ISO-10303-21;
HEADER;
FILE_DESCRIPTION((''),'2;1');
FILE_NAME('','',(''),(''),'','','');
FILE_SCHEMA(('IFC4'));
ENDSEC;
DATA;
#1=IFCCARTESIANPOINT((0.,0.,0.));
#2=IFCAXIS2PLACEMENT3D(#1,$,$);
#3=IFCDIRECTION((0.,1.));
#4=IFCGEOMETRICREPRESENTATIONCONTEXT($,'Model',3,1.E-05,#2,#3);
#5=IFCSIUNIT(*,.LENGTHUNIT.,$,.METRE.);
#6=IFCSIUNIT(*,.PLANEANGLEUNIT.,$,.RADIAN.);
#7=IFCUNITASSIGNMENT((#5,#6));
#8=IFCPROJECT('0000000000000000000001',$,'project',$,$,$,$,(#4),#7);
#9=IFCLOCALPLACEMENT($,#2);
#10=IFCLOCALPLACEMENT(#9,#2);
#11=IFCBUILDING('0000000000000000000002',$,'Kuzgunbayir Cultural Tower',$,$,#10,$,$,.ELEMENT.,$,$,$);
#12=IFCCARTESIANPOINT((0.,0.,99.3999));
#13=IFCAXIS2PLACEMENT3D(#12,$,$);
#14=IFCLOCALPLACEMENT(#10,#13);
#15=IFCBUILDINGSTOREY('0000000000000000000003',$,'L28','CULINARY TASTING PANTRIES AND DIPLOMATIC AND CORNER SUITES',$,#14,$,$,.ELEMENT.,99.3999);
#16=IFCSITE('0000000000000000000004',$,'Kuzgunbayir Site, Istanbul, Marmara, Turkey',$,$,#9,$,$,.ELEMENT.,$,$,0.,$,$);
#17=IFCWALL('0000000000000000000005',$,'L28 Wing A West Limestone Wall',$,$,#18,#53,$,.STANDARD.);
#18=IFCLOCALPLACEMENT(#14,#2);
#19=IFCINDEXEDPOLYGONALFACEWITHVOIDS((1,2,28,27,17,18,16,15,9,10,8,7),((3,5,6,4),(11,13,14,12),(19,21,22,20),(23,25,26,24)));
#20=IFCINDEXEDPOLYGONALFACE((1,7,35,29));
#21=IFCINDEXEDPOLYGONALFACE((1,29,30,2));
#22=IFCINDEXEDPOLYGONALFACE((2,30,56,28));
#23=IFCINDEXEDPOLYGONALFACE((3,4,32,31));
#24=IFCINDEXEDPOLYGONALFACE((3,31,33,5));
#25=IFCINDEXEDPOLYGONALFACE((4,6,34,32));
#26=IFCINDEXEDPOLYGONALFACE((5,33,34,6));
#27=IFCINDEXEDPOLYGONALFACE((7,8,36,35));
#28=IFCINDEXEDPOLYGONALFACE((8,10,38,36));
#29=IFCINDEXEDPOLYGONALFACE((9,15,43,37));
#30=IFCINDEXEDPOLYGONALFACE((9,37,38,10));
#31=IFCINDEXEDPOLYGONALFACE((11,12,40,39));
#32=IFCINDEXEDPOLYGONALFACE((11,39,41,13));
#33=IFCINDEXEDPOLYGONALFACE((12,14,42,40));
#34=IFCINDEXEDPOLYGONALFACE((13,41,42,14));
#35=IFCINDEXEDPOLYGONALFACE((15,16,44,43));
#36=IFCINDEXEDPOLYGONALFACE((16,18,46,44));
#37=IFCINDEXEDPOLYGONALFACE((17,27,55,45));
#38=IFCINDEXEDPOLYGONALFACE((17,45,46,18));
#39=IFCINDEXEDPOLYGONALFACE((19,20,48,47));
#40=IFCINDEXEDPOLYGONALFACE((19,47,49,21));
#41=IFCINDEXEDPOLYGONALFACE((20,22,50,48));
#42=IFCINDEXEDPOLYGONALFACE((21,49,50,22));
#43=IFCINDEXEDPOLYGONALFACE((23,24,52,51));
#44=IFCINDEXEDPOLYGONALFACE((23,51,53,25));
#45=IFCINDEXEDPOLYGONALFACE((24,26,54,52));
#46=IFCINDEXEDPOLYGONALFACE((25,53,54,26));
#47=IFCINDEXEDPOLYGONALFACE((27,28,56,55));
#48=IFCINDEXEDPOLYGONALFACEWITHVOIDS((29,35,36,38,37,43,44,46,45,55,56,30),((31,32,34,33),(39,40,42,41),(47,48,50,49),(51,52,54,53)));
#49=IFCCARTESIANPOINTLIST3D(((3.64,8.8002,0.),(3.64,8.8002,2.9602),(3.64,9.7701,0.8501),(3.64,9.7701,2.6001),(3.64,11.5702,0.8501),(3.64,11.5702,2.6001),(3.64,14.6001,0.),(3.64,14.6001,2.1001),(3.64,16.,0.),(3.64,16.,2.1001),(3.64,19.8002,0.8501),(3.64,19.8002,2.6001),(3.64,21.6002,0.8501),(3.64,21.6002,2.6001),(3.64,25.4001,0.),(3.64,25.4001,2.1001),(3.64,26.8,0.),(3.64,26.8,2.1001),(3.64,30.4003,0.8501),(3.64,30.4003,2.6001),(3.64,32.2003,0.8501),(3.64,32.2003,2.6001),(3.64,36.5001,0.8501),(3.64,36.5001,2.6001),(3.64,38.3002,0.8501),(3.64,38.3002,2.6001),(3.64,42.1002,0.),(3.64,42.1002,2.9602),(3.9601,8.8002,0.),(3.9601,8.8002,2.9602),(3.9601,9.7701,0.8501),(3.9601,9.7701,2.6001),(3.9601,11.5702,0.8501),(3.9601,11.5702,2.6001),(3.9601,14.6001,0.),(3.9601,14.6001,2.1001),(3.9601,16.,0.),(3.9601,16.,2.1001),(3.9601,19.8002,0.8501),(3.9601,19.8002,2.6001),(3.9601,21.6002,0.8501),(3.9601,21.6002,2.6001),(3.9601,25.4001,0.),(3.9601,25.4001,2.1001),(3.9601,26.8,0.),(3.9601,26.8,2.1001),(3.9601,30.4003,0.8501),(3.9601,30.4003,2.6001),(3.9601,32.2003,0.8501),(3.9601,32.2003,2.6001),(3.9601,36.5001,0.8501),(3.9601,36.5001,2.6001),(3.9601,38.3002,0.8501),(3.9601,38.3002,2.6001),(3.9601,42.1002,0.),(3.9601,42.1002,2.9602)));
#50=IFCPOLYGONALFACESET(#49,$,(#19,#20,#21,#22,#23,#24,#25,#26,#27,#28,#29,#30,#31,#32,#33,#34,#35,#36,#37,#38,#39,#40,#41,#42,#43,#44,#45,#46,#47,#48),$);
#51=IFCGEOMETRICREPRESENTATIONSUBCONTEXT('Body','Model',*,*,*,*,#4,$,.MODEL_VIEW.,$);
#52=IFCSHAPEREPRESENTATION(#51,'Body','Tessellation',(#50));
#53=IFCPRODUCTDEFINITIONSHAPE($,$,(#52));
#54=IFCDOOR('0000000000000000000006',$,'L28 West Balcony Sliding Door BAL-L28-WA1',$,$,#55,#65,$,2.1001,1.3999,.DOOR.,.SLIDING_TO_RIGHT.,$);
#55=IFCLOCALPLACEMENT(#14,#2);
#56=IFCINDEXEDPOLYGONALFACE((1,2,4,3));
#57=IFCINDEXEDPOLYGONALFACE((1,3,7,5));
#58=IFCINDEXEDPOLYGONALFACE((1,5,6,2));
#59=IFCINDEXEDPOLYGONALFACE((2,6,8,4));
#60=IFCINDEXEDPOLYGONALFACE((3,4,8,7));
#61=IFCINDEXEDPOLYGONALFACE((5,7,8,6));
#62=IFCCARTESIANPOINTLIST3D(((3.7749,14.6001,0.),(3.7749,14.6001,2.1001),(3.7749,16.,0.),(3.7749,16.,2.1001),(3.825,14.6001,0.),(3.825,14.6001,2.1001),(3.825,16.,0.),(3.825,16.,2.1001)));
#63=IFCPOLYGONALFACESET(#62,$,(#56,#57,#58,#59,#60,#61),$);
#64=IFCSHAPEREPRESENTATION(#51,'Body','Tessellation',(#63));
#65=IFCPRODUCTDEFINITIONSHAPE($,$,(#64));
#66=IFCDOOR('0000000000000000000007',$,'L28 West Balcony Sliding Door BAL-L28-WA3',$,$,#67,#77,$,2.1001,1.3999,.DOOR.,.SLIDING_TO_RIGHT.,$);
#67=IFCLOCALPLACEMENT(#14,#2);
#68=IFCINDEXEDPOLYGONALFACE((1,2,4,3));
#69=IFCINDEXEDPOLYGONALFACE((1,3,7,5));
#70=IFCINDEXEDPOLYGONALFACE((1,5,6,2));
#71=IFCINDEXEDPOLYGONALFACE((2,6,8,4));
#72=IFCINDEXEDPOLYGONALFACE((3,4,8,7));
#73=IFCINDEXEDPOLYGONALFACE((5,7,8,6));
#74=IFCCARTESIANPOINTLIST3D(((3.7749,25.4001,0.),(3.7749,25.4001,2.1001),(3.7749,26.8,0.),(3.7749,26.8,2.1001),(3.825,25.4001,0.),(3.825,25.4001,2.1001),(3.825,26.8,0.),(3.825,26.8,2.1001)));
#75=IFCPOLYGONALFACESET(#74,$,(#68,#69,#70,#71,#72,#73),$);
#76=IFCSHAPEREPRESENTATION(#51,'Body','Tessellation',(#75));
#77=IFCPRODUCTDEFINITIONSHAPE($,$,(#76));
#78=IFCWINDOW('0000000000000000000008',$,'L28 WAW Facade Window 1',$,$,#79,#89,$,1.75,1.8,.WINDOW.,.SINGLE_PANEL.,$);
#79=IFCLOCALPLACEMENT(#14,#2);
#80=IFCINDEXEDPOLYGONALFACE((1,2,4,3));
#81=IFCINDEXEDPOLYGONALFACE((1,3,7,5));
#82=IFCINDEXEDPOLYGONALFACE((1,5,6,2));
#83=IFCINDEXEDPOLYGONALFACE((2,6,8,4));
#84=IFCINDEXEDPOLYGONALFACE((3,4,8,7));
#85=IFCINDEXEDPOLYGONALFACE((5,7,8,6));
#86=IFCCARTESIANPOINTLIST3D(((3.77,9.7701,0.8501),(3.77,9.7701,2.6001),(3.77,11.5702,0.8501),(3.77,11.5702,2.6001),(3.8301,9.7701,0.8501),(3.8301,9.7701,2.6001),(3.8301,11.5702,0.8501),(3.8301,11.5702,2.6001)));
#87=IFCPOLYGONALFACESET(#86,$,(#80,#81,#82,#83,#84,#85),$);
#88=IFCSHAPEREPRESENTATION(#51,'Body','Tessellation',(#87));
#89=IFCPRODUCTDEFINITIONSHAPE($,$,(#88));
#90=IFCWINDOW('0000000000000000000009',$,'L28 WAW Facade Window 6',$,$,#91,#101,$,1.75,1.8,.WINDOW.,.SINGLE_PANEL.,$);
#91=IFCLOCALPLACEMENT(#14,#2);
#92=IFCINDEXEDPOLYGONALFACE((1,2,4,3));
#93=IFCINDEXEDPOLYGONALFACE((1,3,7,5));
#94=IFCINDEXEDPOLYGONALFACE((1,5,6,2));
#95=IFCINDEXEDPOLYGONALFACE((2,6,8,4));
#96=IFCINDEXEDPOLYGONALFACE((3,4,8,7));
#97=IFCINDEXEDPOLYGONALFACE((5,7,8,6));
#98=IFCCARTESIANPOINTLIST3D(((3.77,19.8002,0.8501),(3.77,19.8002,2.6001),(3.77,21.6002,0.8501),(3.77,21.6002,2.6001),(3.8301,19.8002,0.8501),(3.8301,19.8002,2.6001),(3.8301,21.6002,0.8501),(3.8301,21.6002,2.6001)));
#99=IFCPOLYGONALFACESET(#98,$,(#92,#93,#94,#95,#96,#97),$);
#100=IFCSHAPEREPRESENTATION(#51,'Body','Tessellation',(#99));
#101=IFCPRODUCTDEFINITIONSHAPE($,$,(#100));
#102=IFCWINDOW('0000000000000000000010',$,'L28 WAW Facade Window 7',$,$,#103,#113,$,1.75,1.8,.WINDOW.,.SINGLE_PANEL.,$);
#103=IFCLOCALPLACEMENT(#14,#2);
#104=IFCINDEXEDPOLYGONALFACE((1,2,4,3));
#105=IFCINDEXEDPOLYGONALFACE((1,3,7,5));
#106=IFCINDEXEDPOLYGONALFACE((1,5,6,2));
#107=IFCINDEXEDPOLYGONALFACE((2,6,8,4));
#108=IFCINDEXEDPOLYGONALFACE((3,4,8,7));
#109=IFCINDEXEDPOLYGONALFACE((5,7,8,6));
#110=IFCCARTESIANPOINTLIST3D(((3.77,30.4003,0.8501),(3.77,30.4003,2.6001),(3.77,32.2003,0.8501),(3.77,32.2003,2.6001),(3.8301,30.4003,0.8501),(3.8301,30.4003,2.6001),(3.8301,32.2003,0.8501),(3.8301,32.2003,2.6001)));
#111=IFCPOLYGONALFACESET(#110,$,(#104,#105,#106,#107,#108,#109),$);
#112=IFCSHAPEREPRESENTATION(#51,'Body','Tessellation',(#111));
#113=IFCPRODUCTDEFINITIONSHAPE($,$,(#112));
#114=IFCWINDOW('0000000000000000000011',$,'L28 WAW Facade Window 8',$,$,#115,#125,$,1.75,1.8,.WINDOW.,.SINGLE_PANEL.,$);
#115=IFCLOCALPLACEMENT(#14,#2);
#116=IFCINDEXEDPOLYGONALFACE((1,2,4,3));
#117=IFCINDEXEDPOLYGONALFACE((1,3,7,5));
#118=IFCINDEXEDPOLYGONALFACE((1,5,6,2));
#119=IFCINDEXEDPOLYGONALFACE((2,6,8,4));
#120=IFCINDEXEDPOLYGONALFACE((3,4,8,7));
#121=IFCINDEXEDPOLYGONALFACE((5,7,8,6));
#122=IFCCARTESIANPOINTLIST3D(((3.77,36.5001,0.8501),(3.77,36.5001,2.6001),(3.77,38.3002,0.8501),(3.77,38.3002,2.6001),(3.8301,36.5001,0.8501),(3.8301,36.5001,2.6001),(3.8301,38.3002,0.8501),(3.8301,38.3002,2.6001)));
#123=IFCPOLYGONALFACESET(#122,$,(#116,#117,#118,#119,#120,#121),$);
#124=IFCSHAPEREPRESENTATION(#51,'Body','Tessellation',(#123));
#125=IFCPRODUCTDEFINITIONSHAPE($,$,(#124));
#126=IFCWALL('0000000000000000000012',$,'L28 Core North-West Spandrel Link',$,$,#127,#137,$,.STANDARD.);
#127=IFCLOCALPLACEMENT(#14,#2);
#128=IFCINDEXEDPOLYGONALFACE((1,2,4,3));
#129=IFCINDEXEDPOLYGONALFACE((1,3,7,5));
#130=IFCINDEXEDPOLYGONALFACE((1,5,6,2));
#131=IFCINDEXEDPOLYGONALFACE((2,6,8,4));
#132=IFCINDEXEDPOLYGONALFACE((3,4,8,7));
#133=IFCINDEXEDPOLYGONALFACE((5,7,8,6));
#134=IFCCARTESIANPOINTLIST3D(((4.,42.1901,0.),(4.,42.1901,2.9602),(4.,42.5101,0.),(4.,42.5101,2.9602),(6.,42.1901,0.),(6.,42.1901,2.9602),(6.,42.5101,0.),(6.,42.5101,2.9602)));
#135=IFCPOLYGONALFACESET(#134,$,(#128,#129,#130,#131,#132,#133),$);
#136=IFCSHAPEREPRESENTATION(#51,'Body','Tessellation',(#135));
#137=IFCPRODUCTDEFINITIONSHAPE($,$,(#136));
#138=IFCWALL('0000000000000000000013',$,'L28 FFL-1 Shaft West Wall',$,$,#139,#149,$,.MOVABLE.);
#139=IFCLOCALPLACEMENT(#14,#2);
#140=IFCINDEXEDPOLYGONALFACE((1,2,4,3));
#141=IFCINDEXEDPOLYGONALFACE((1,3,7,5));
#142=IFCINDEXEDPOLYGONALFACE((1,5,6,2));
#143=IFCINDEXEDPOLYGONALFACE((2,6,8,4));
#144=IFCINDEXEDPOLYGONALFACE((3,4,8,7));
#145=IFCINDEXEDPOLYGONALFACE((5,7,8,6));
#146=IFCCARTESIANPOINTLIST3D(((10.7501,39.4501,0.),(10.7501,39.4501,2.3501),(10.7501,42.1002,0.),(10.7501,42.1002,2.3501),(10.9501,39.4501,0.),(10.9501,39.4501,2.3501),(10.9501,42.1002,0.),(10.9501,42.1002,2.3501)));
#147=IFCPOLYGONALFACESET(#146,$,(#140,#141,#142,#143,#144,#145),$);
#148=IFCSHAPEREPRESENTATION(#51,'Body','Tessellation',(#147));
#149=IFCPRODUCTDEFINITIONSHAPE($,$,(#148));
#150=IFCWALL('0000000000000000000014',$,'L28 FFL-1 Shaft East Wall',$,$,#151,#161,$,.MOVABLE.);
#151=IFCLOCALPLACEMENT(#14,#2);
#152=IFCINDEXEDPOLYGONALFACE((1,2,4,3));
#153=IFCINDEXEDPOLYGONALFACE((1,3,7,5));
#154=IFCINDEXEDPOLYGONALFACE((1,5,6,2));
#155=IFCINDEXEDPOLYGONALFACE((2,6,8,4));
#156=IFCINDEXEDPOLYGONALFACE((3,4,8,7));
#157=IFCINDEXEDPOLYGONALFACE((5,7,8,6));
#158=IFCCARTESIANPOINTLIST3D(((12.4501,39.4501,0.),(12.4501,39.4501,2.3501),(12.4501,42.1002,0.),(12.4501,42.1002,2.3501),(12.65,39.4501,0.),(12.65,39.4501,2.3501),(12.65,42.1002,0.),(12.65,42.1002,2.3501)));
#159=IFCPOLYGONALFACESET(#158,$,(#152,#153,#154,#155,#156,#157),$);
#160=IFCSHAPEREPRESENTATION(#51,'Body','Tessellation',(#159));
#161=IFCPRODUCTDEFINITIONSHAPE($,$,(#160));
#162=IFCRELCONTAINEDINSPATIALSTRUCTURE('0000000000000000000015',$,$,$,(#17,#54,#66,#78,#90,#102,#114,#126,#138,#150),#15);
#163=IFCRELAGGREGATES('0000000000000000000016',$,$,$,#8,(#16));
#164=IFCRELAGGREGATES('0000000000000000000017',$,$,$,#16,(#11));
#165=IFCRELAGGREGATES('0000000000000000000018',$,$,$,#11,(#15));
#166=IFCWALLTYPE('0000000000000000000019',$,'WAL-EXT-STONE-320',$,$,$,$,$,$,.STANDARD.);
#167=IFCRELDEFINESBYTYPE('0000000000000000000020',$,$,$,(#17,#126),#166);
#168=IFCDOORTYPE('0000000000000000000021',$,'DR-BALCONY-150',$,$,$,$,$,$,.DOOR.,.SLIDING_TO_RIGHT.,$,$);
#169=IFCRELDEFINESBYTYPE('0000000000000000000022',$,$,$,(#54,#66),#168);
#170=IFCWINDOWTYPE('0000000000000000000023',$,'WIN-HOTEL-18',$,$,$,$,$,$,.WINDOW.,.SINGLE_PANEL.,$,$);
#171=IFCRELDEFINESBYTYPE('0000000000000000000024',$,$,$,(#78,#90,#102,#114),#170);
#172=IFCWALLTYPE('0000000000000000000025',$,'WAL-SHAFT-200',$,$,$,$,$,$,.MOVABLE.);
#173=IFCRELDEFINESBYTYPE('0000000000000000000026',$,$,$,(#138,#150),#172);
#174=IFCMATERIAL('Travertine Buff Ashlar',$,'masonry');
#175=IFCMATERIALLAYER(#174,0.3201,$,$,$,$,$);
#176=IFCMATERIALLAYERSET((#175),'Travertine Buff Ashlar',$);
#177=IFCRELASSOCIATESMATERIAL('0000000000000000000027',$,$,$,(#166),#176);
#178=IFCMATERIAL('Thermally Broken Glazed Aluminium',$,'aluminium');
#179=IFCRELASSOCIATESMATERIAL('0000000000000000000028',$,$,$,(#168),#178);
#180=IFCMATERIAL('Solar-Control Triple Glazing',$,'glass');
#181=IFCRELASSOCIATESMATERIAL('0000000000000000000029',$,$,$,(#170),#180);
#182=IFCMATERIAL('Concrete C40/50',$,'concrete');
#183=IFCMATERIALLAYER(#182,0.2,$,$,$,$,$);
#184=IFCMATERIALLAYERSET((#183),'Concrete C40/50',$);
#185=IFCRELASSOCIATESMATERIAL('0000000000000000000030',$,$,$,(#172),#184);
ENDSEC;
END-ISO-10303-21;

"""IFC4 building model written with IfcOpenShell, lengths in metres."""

from ifc_helpers import new_model, si_unit, direction, frame, frame_2d, origin, place, context, subcontext, project, spatial, rectangle, extrude, material, layer, layer_set, type_object, element, fill, save


model = new_model("IFC4")

# Units and contexts
model_context = context("Model", 3, precision=1e-05, world=origin(), true_north=direction((0.0, 1.0)))
body_context = subcontext(model_context, "Body", "Model", "MODEL_VIEW")
ifc_project = project(units=[si_unit("LENGTHUNIT", "METRE"), si_unit("PLANEANGLEUNIT", "RADIAN")], contexts=[model_context])

# Site, building, storey
site_placement = place(None, origin())
site = spatial("IfcSite", under=ifc_project, at=site_placement, Name="Kuzgunbayir Site, Istanbul, Marmara, Turkey", CompositionType="ELEMENT", RefElevation=0.0)
building_placement = place(site_placement, origin())
building = spatial("IfcBuilding", under=site, at=building_placement, Name="Kuzgunbayir Cultural Tower", CompositionType="ELEMENT")
storey_placement = place(building_placement, frame((0.0, 0.0, 99.3999)))
storey = spatial("IfcBuildingStorey", under=building, at=storey_placement, Name="L28", Description="CULINARY TASTING PANTRIES AND DIPLOMATIC AND CORNER SUITES", CompositionType="ELEMENT", Elevation=99.3999)

# Wall, openings, doors, windows
ifc_material_1 = material(Name="Travertine Buff Ashlar", Category="masonry")
ifc_layer_1 = layer(ifc_material_1, 0.3201)
ifc_layer_set_1 = layer_set([ifc_layer_1], Name="Travertine Buff Ashlar")
wall_type_1 = type_object("IfcWallType", Name="WAL-EXT-STONE-320", PredefinedType="STANDARD", material=ifc_layer_set_1)
wall_1_placement = place(storey_placement, frame((3.8, 42.1001, 0.0), z_axis=(0.0, 0.0, 1.0), x_axis=(0.0, -1.0, 0.0)))
wall_1 = element("IfcWall", 1, at=wall_1_placement, inside=storey, type_object=wall_type_1, Name="L28 Wing A West Limestone Wall", PredefinedType="STANDARD", context=body_context, shape_type="SweptSolid", body=[
    extrude(rectangle(XDim=33.3, YDim=0.3201, at=frame_2d((16.6499, 0.0))), origin(), (0.0, 0.0, 1.0), 2.9602),
])
opening_1_placement = place(wall_1_placement, frame((26.1001, 0.0, 0.0)))
opening_1 = element("IfcOpeningElement", 2, at=opening_1_placement, cuts=wall_1, PredefinedType="OPENING", context=body_context, shape_type="SweptSolid", body=[
    extrude(rectangle(XDim=1.3999, YDim=2.1001, at=frame_2d((0.7, 1.05))), frame((0.0, 0.1699, 0.0), z_axis=(0.0, -1.0, 0.0), x_axis=(1.0, 0.0, 0.0)), (0.0, 0.0, 1.0), 0.3401),
])
opening_2_placement = place(wall_1_placement, frame((15.3, 0.0, 0.0)))
opening_2 = element("IfcOpeningElement", 3, at=opening_2_placement, cuts=wall_1, PredefinedType="OPENING", context=body_context, shape_type="SweptSolid", body=[
    extrude(rectangle(XDim=1.3999, YDim=2.1001, at=frame_2d((0.7, 1.05))), frame((0.0, 0.1699, 0.0), z_axis=(0.0, -1.0, 0.0), x_axis=(1.0, 0.0, 0.0)), (0.0, 0.0, 1.0), 0.3401),
])
opening_3_placement = place(wall_1_placement, frame((30.53, 0.0, 0.8501)))
opening_3 = element("IfcOpeningElement", 4, at=opening_3_placement, cuts=wall_1, PredefinedType="OPENING", context=body_context, shape_type="SweptSolid", body=[
    extrude(rectangle(XDim=1.8, YDim=1.75, at=frame_2d((0.8999, 0.875))), frame((0.0, 0.1699, 0.0), z_axis=(0.0, -1.0, 0.0), x_axis=(1.0, 0.0, 0.0)), (0.0, 0.0, 1.0), 0.3401),
])
opening_4_placement = place(wall_1_placement, frame((20.5, 0.0, 0.8501)))
opening_4 = element("IfcOpeningElement", 5, at=opening_4_placement, cuts=wall_1, PredefinedType="OPENING", context=body_context, shape_type="SweptSolid", body=[
    extrude(rectangle(XDim=1.8, YDim=1.75, at=frame_2d((0.8999, 0.875))), frame((0.0, 0.1699, 0.0), z_axis=(0.0, -1.0, 0.0), x_axis=(1.0, 0.0, 0.0)), (0.0, 0.0, 1.0), 0.3401),
])
opening_5_placement = place(wall_1_placement, frame((9.8999, 0.0, 0.8501)))
opening_5 = element("IfcOpeningElement", 6, at=opening_5_placement, cuts=wall_1, PredefinedType="OPENING", context=body_context, shape_type="SweptSolid", body=[
    extrude(rectangle(XDim=1.8, YDim=1.75, at=frame_2d((0.8999, 0.875))), frame((0.0, 0.1699, 0.0), z_axis=(0.0, -1.0, 0.0), x_axis=(1.0, 0.0, 0.0)), (0.0, 0.0, 1.0), 0.3401),
])
opening_6_placement = place(wall_1_placement, frame((3.8, 0.0, 0.8501)))
opening_6 = element("IfcOpeningElement", 7, at=opening_6_placement, cuts=wall_1, PredefinedType="OPENING", context=body_context, shape_type="SweptSolid", body=[
    extrude(rectangle(XDim=1.8, YDim=1.75, at=frame_2d((0.8999, 0.875))), frame((0.0, 0.1699, 0.0), z_axis=(0.0, -1.0, 0.0), x_axis=(1.0, 0.0, 0.0)), (0.0, 0.0, 1.0), 0.3401),
])
ifc_material_2 = material(Name="Thermally Broken Glazed Aluminium", Category="aluminium")
door_type_1 = type_object("IfcDoorType", Name="DR-BALCONY-150", OperationType="SLIDING_TO_RIGHT", PredefinedType="DOOR", material=ifc_material_2)
door_1_placement = place(opening_1_placement, origin())
door_1 = element("IfcDoor", 8, at=door_1_placement, inside=storey, type_object=door_type_1, Name="L28 West Balcony Sliding Door BAL-L28-WA1", OperationType="SLIDING_TO_RIGHT", OverallHeight=2.1001, OverallWidth=1.3999, PredefinedType="DOOR", context=body_context, shape_type="SweptSolid", body=[
    extrude(rectangle(XDim=1.3999, YDim=2.1001, at=frame_2d((0.7, 1.05))), frame((0.0, 0.0249, 0.0), z_axis=(0.0, -1.0, 0.0), x_axis=(1.0, 0.0, 0.0)), (0.0, 0.0, 1.0), 0.05),
])
fill(opening_1, door_1)
door_2_placement = place(opening_2_placement, origin())
door_2 = element("IfcDoor", 9, at=door_2_placement, inside=storey, type_object=door_type_1, Name="L28 West Balcony Sliding Door BAL-L28-WA3", OperationType="SLIDING_TO_RIGHT", OverallHeight=2.1001, OverallWidth=1.3999, PredefinedType="DOOR", context=body_context, shape_type="SweptSolid", body=[
    extrude(rectangle(XDim=1.3999, YDim=2.1001, at=frame_2d((0.7, 1.05))), frame((0.0, 0.0249, 0.0), z_axis=(0.0, -1.0, 0.0), x_axis=(1.0, 0.0, 0.0)), (0.0, 0.0, 1.0), 0.05),
])
fill(opening_2, door_2)
ifc_material_3 = material(Name="Solar-Control Triple Glazing", Category="glass")
window_type = type_object("IfcWindowType", Name="WIN-HOTEL-18", PartitioningType="SINGLE_PANEL", PredefinedType="WINDOW", material=ifc_material_3)
window_1_placement = place(opening_3_placement, origin())
window_1 = element("IfcWindow", 10, at=window_1_placement, inside=storey, type_object=window_type, Name="L28 WAW Facade Window 1", OverallHeight=1.75, OverallWidth=1.8, PartitioningType="SINGLE_PANEL", PredefinedType="WINDOW", context=body_context, shape_type="SweptSolid", body=[
    extrude(rectangle(XDim=1.8, YDim=1.75, at=frame_2d((0.8999, 0.875))), frame((0.0, 0.03, 0.0), z_axis=(0.0, -1.0, 0.0), x_axis=(1.0, 0.0, 0.0)), (0.0, 0.0, 1.0), 0.0601),
])
fill(opening_3, window_1)
window_2_placement = place(opening_4_placement, origin())
window_2 = element("IfcWindow", 11, at=window_2_placement, inside=storey, type_object=window_type, Name="L28 WAW Facade Window 6", OverallHeight=1.75, OverallWidth=1.8, PartitioningType="SINGLE_PANEL", PredefinedType="WINDOW", context=body_context, shape_type="SweptSolid", body=[
    extrude(rectangle(XDim=1.8, YDim=1.75, at=frame_2d((0.8999, 0.875))), frame((0.0, 0.03, 0.0), z_axis=(0.0, -1.0, 0.0), x_axis=(1.0, 0.0, 0.0)), (0.0, 0.0, 1.0), 0.0601),
])
fill(opening_4, window_2)
window_3_placement = place(opening_5_placement, origin())
window_3 = element("IfcWindow", 12, at=window_3_placement, inside=storey, type_object=window_type, Name="L28 WAW Facade Window 7", OverallHeight=1.75, OverallWidth=1.8, PartitioningType="SINGLE_PANEL", PredefinedType="WINDOW", context=body_context, shape_type="SweptSolid", body=[
    extrude(rectangle(XDim=1.8, YDim=1.75, at=frame_2d((0.8999, 0.875))), frame((0.0, 0.03, 0.0), z_axis=(0.0, -1.0, 0.0), x_axis=(1.0, 0.0, 0.0)), (0.0, 0.0, 1.0), 0.0601),
])
fill(opening_5, window_3)
window_4_placement = place(opening_6_placement, origin())
window_4 = element("IfcWindow", 13, at=window_4_placement, inside=storey, type_object=window_type, Name="L28 WAW Facade Window 8", OverallHeight=1.75, OverallWidth=1.8, PartitioningType="SINGLE_PANEL", PredefinedType="WINDOW", context=body_context, shape_type="SweptSolid", body=[
    extrude(rectangle(XDim=1.8, YDim=1.75, at=frame_2d((0.8999, 0.875))), frame((0.0, 0.03, 0.0), z_axis=(0.0, -1.0, 0.0), x_axis=(1.0, 0.0, 0.0)), (0.0, 0.0, 1.0), 0.0601),
])
fill(opening_6, window_4)

# Wall
wall_2_placement = place(storey_placement, frame((6.0, 42.3501, 0.0), z_axis=(0.0, 0.0, 1.0), x_axis=(-1.0, 0.0, 0.0)))
element("IfcWall", 14, at=wall_2_placement, inside=storey, type_object=wall_type_1, Name="L28 Core North-West Spandrel Link", PredefinedType="STANDARD", context=body_context, shape_type="SweptSolid", body=[
    extrude(rectangle(XDim=2.0, YDim=0.3201, at=frame_2d((1.0, 0.0))), origin(), (0.0, 0.0, 1.0), 2.9602),
])

# Shared definitions
ifc_material_4 = material(Name="Concrete C40/50", Category="concrete")
ifc_layer_2 = layer(ifc_material_4, 0.2)
ifc_layer_set_2 = layer_set([ifc_layer_2], Name="Concrete C40/50")
wall_type_2 = type_object("IfcWallType", Name="WAL-SHAFT-200", PredefinedType="MOVABLE", material=ifc_layer_set_2)

# Walls
for number, where, z_axis, x_axis, name in (
    (15, (10.8501, 39.45, 0.0), (0.0, 0.0, 1.0), (0.0, 1.0, 0.0), "L28 FFL-1 Shaft West Wall"),
    (16, (12.55, 39.45, 0.0), (0.0, 0.0, 1.0), (0.0, 1.0, 0.0), "L28 FFL-1 Shaft East Wall"),
):
    element("IfcWall", number, at=place(storey_placement, frame(where, z_axis=z_axis, x_axis=x_axis)), inside=storey, type_object=wall_type_2, Name=name, PredefinedType="MOVABLE", context=body_context, shape_type="SweptSolid", body=[
        extrude(rectangle(XDim=2.6501, YDim=0.2, at=frame_2d((1.3252, 0.0))), origin(), (0.0, 0.0, 1.0), 2.3501),
    ])

save(model, "model.ifc")
